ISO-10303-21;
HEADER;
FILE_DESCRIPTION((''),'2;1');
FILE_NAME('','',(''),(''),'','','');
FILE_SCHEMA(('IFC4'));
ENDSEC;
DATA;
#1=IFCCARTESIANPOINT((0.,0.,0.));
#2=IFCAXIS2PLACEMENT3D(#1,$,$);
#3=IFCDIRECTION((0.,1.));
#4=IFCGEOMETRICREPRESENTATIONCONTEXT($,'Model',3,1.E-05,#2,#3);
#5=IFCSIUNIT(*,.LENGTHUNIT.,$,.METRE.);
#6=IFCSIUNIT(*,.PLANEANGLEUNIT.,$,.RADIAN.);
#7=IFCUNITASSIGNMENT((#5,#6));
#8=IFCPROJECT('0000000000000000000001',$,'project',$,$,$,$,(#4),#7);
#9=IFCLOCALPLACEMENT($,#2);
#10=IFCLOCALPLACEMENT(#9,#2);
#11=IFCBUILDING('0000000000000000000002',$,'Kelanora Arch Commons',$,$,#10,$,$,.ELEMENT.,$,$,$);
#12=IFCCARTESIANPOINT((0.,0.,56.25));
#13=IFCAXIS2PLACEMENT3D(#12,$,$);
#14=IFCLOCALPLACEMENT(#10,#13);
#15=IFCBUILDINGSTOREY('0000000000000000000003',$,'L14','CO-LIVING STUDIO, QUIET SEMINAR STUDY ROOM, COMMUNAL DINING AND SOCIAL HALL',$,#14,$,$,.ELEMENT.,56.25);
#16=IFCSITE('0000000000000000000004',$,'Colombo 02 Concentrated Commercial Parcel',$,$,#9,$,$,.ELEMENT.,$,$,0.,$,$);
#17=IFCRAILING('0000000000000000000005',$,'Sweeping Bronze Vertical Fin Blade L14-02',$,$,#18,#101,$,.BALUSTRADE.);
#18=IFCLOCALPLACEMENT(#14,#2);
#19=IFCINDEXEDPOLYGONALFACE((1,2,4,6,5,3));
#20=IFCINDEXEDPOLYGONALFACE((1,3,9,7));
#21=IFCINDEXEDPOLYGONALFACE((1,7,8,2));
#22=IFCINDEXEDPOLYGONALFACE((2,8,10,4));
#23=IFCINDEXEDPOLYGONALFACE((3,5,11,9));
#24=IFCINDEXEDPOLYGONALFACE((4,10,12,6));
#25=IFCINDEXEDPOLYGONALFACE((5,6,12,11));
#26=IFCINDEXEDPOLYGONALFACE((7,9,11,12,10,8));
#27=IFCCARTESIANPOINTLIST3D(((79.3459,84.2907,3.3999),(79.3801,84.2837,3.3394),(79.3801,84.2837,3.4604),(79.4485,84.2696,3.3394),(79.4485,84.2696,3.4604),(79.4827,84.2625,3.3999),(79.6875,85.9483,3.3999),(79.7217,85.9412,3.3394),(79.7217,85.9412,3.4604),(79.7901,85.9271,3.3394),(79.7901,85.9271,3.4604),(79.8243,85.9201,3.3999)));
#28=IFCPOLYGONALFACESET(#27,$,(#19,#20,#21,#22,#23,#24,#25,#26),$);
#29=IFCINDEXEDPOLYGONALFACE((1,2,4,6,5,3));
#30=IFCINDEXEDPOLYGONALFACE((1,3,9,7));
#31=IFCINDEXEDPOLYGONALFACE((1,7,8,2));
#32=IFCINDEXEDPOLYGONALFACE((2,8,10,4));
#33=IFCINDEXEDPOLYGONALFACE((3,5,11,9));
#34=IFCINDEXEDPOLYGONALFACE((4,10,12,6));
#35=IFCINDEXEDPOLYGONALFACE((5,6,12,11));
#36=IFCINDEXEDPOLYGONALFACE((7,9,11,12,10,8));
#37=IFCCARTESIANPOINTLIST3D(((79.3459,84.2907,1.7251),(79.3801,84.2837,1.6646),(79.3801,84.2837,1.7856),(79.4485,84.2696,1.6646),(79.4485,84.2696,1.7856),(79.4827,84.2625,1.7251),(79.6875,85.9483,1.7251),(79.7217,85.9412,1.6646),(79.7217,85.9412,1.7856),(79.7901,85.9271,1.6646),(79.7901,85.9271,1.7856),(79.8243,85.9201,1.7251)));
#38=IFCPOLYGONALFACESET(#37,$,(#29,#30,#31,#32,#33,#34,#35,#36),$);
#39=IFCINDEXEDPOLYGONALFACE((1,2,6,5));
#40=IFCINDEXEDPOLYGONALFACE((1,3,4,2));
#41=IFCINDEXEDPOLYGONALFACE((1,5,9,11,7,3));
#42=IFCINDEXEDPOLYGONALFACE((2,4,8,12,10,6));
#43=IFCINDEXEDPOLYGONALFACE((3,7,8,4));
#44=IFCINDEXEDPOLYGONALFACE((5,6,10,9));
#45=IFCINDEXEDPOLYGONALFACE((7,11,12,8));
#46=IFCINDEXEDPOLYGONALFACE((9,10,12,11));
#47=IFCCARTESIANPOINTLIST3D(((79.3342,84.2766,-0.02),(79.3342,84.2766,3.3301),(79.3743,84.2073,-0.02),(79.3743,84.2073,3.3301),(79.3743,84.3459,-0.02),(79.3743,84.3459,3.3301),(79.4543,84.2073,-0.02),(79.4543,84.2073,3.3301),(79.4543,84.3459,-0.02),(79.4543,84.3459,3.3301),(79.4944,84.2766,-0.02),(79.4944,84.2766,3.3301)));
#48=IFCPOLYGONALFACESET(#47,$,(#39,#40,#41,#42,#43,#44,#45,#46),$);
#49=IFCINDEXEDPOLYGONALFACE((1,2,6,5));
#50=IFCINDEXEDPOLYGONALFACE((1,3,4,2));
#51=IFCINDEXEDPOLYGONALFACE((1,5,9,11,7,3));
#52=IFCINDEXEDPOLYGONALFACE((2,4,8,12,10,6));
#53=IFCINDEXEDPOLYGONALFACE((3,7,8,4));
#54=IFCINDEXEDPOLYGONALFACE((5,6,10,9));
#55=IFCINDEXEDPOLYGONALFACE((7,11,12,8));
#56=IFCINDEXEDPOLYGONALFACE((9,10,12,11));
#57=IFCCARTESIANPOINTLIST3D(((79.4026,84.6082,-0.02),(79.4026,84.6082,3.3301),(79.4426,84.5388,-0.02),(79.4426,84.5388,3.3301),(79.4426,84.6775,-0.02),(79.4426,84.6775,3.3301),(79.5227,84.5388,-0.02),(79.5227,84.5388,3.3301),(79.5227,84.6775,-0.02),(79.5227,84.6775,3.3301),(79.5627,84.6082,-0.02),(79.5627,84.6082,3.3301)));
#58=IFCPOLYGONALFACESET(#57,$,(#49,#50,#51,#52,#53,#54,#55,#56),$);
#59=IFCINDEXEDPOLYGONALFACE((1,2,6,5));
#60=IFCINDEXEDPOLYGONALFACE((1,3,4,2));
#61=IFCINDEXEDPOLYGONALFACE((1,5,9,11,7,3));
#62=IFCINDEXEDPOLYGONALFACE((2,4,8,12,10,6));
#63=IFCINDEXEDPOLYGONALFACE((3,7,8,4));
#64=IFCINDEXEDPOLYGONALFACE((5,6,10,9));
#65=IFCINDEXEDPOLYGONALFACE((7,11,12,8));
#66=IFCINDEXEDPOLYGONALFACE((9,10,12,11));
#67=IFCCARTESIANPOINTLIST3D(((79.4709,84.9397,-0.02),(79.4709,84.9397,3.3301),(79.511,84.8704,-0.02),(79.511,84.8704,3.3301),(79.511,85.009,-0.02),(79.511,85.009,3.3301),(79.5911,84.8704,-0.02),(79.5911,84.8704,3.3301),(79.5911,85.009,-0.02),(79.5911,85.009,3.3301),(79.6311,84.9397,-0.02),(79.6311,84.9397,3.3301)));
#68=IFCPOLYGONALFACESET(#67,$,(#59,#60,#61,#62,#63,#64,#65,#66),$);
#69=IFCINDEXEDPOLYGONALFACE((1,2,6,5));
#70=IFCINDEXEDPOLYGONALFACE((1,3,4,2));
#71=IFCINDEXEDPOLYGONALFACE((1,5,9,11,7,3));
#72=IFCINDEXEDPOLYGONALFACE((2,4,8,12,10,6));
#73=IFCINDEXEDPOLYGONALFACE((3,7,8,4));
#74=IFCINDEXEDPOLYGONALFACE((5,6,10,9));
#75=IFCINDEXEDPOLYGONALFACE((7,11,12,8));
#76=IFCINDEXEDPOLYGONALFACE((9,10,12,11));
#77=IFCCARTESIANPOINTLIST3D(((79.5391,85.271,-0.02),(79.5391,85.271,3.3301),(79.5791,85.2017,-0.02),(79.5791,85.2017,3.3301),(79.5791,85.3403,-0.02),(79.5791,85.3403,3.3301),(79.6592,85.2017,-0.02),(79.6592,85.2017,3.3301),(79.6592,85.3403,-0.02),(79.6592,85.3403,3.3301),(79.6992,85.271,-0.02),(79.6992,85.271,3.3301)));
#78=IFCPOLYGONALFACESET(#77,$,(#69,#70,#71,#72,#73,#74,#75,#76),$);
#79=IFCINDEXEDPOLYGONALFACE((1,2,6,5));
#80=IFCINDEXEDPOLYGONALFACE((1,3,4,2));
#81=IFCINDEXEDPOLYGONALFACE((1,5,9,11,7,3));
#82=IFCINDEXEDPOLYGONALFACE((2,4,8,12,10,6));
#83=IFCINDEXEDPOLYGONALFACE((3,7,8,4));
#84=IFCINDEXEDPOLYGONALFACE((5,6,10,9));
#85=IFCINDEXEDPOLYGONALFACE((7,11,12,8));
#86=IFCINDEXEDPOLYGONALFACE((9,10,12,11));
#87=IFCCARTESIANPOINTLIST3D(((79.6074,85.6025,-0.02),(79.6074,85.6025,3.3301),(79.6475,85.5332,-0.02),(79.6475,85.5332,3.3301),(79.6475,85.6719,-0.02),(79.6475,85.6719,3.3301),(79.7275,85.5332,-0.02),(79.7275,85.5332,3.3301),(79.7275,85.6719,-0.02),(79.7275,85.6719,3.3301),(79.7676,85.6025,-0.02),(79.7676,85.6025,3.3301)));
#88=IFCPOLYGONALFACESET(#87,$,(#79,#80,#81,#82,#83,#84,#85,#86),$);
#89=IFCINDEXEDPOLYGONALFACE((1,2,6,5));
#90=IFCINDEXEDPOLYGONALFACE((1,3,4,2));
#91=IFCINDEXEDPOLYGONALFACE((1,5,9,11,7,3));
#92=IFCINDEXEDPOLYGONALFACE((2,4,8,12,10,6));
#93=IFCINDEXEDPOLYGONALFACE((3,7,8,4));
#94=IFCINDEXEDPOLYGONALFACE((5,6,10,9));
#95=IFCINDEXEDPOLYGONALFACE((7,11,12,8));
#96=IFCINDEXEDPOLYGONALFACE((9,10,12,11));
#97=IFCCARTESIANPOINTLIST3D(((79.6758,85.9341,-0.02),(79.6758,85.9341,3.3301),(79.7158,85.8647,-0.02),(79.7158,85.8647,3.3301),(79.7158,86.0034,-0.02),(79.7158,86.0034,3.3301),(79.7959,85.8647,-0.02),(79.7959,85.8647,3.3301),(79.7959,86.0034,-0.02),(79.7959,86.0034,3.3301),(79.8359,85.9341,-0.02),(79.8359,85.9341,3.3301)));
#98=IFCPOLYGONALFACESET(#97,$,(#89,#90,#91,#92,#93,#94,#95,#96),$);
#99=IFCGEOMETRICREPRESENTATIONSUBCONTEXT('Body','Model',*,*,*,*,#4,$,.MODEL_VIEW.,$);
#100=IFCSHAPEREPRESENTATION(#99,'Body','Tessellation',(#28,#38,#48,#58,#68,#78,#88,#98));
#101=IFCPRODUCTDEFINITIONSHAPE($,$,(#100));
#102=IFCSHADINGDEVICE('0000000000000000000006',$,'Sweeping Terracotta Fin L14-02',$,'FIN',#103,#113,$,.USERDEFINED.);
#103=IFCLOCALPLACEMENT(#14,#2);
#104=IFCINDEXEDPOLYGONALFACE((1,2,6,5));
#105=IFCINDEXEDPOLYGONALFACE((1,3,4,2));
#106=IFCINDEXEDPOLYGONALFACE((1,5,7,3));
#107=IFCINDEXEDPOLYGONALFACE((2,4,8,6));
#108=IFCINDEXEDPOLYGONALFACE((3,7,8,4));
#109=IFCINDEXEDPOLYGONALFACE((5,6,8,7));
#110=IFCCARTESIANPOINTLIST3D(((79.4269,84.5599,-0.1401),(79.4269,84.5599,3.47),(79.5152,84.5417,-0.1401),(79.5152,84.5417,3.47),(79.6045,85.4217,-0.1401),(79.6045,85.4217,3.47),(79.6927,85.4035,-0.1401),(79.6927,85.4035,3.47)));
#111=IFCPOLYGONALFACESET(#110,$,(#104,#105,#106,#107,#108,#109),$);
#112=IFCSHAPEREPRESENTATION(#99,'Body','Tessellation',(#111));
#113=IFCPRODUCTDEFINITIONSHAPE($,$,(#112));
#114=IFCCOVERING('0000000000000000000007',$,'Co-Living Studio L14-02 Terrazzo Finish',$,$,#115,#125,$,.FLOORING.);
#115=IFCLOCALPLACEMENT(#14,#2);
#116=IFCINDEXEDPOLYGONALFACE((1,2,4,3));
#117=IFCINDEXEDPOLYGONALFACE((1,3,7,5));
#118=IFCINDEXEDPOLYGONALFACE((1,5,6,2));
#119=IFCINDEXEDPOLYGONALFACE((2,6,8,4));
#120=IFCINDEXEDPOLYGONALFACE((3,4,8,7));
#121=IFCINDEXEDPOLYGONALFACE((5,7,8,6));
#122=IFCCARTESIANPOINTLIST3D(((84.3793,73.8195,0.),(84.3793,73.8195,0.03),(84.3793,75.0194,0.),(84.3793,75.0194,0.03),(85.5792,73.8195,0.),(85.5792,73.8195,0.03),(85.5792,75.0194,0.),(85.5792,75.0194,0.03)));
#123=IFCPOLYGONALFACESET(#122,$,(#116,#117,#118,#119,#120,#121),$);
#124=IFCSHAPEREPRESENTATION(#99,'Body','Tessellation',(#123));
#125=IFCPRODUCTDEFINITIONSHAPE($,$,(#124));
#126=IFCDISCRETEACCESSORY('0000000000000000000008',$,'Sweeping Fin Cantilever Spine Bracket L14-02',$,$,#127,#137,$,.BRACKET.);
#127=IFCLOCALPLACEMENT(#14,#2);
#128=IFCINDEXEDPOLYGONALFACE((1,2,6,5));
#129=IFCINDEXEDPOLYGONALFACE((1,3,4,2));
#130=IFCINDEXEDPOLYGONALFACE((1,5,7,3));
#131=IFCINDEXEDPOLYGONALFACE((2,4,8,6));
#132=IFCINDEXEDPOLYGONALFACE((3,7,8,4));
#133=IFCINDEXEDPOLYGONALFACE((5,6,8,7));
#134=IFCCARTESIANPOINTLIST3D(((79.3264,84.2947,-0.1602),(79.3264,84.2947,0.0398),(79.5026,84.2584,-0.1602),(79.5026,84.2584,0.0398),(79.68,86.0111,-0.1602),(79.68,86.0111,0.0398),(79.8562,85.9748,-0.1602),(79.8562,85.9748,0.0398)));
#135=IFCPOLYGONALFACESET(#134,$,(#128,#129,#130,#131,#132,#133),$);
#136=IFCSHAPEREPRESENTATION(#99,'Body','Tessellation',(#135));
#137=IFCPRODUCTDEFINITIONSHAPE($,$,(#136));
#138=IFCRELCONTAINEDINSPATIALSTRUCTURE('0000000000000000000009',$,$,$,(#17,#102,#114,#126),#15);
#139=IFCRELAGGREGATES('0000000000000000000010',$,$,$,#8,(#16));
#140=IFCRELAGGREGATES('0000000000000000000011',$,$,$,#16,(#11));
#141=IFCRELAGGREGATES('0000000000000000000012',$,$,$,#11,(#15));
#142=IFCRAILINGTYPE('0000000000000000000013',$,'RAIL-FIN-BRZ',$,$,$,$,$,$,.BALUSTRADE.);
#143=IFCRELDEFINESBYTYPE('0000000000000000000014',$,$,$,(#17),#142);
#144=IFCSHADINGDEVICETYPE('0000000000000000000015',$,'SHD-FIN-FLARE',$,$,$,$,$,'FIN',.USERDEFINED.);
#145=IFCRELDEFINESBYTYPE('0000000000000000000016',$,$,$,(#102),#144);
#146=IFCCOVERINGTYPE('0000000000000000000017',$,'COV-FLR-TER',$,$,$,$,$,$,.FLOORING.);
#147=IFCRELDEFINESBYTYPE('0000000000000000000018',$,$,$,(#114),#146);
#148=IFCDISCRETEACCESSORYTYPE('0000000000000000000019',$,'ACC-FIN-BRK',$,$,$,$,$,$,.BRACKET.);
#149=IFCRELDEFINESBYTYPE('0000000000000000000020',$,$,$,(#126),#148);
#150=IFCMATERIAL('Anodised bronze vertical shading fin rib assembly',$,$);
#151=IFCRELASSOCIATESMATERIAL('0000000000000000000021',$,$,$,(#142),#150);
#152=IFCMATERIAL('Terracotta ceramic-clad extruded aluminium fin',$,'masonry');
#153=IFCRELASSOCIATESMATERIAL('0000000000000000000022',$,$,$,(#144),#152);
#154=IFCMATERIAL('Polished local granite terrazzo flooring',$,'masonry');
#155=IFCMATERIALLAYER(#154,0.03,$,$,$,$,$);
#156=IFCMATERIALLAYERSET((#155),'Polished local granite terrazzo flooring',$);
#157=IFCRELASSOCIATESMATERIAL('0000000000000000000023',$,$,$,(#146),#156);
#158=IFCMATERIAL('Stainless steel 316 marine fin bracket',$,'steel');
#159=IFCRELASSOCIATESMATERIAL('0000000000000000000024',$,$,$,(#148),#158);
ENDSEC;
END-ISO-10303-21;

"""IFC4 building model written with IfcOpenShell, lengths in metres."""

from ifc_helpers import new_model, si_unit, direction, frame, origin, origin_2d, place, context, subcontext, project, spatial, polyline, rectangle, outline, extrude, source, transform, mapped, material, layer, layer_set, type_object, element, save


model = new_model("IFC4")

# Units and contexts
model_context = context("Model", 3, precision=1e-05, world=origin(), true_north=direction((0.0, 1.0)))
body_context = subcontext(model_context, "Body", "Model", "MODEL_VIEW")
ifc_project = project(units=[si_unit("LENGTHUNIT", "METRE"), si_unit("PLANEANGLEUNIT", "RADIAN")], contexts=[model_context])

# Site, building, storey
site_placement = place(None, origin())
site = spatial("IfcSite", under=ifc_project, at=site_placement, Name="Colombo 02 Concentrated Commercial Parcel", CompositionType="ELEMENT", RefElevation=0.0)
building_placement = place(site_placement, origin())
building = spatial("IfcBuilding", under=site, at=building_placement, Name="Kelanora Arch Commons", CompositionType="ELEMENT")
storey_placement = place(building_placement, frame((0.0, 0.0, 56.25)))
storey = spatial("IfcBuildingStorey", under=building, at=storey_placement, Name="L14", Description="CO-LIVING STUDIO, QUIET SEMINAR STUDY ROOM, COMMUNAL DINING AND SOCIAL HALL", CompositionType="ELEMENT", Elevation=56.25)

# Railing
ifc_material_1 = material(Name="Anodised bronze vertical shading fin rib assembly")
railing_type = type_object("IfcRailingType", Name="RAIL-FIN-BRZ", PredefinedType="BALUSTRADE", material=ifc_material_1)
railing_placement = place(storey_placement, frame((79.4143, 84.2766, -0.02)))
element("IfcRailing", 1, at=railing_placement, inside=storey, type_object=railing_type, Name="Sweeping Bronze Vertical Fin Blade L14-02", PredefinedType="BALUSTRADE", context=body_context, shape_type="SweptSolid", body=[
    extrude(outline(polyline([(0.0698, 0.0), (0.0349, 0.0605), (-0.0349, 0.0605), (-0.0698, 0.0), (-0.0349, -0.0605), (0.0349, -0.0605), (0.0698, 0.0)])), frame((0.0, 0.0, 3.4199), z_axis=(0.201828, 0.979421, 0.0), x_axis=(-0.979421, 0.201828, 0.0)), (0.0, 0.0, 1.0), 1.6924),
    extrude(outline(polyline([(0.0698, 0.0), (0.0349, 0.0605), (-0.0349, 0.0605), (-0.0698, 0.0), (-0.0349, -0.0605), (0.0349, -0.0605), (0.0698, 0.0)])), frame((0.0, 0.0, 1.7451), z_axis=(0.201828, 0.979421, 0.0), x_axis=(-0.979421, 0.201828, 0.0)), (0.0, 0.0, 1.0), 1.6924),
    extrude(outline(polyline([(0.0801, 0.0), (0.04, 0.0693), (-0.04, 0.0693), (-0.0801, 0.0), (-0.04, -0.0693), (0.04, -0.0693), (0.0801, 0.0)])), origin(), (0.0, 0.0, 1.0), 3.3501),
    extrude(outline(polyline([(0.0801, 0.0), (0.04, 0.0693), (-0.04, 0.0693), (-0.0801, 0.0), (-0.04, -0.0693), (0.04, -0.0693), (0.0801, 0.0)])), frame((0.0684, 0.3315, 0.0)), (0.0, 0.0, 1.0), 3.3501),
    extrude(outline(polyline([(0.0801, 0.0), (0.04, 0.0693), (-0.04, 0.0693), (-0.0801, 0.0), (-0.04, -0.0693), (0.04, -0.0693), (0.0801, 0.0)])), frame((0.1367, 0.6631, 0.0)), (0.0, 0.0, 1.0), 3.3501),
    extrude(outline(polyline([(0.0801, 0.0), (0.04, 0.0693), (-0.04, 0.0693), (-0.0801, 0.0), (-0.04, -0.0693), (0.04, -0.0693), (0.0801, 0.0)])), frame((0.2048, 0.9944, 0.0)), (0.0, 0.0, 1.0), 3.3501),
    extrude(outline(polyline([(0.0801, 0.0), (0.04, 0.0693), (-0.04, 0.0693), (-0.0801, 0.0), (-0.04, -0.0693), (0.04, -0.0693), (0.0801, 0.0)])), frame((0.2732, 1.3259, 0.0)), (0.0, 0.0, 1.0), 3.3501),
    extrude(outline(polyline([(0.0801, 0.0), (0.04, 0.0693), (-0.04, 0.0693), (-0.0801, 0.0), (-0.04, -0.0693), (0.04, -0.0693), (0.0801, 0.0)])), frame((0.3416, 1.6575, 0.0)), (0.0, 0.0, 1.0), 3.3501),
])

# Shading device
ifc_material_2 = material(Name="Terracotta ceramic-clad extruded aluminium fin", Category="masonry")
shading_device_type = type_object("IfcShadingDeviceType", Name="SHD-FIN-FLARE", ElementType="FIN", PredefinedType="USERDEFINED", material=ifc_material_2)
shared_shape_1 = source(origin(), body_context, "Body", "SweptSolid", [
    extrude(rectangle(XDim=0.8799, YDim=0.0901, at=origin_2d()), origin(), (0.0, 0.0, 1.0), 3.6101),
])
shading_device_placement = place(storey_placement, frame((79.5598, 84.9817, -0.1401), z_axis=(0.0, 0.0, 1.0), x_axis=(0.201762, 0.979435, 0.0)))
element("IfcShadingDevice", 2, at=shading_device_placement, inside=storey, type_object=shading_device_type, Name="Sweeping Terracotta Fin L14-02", ObjectType="FIN", PredefinedType="USERDEFINED", context=body_context, shape_type="MappedRepresentation", body=[
    mapped(shared_shape_1, transform((0.0, 0.0, 0.0), scale=1.0)),
])

# Covering
ifc_material_3 = material(Name="Polished local granite terrazzo flooring", Category="masonry")
ifc_layer_1 = layer(ifc_material_3, 0.03)
ifc_layer_set_1 = layer_set([ifc_layer_1], Name="Polished local granite terrazzo flooring")
covering_type = type_object("IfcCoveringType", Name="COV-FLR-TER", PredefinedType="FLOORING", material=ifc_layer_set_1)
shared_shape_2 = source(origin(), body_context, "Body", "SweptSolid", [
    extrude(rectangle(XDim=1.2, YDim=1.2, at=origin_2d()), origin(), (0.0, 0.0, 1.0), 0.03),
])
covering_placement = place(storey_placement, frame((84.9792, 74.4194, 0.0), z_axis=(0.0, 0.0, 1.0), x_axis=(1.0, 0.0, 0.0)))
element("IfcCovering", 3, at=covering_placement, inside=storey, type_object=covering_type, Name="Co-Living Studio L14-02 Terrazzo Finish", PredefinedType="FLOORING", context=body_context, shape_type="MappedRepresentation", body=[
    mapped(shared_shape_2, transform((0.0, 0.0, 0.0), scale=1.0)),
])

# Discrete accessory
ifc_material_4 = material(Name="Stainless steel 316 marine fin bracket", Category="steel")
discrete_accessory_type = type_object("IfcDiscreteAccessoryType", Name="ACC-FIN-BRK", PredefinedType="BRACKET", material=ifc_material_4)
shared_shape_3 = source(origin(), body_context, "Body", "SweptSolid", [
    extrude(rectangle(XDim=1.7524, YDim=0.1799, at=origin_2d()), origin(), (0.0, 0.0, 1.0), 0.2),
])
discrete_accessory_placement = place(storey_placement, frame((79.5913, 85.1348, -0.1602), z_axis=(0.0, 0.0, 1.0), x_axis=(0.201762, 0.979435, 0.0)))
element("IfcDiscreteAccessory", 4, at=discrete_accessory_placement, inside=storey, type_object=discrete_accessory_type, Name="Sweeping Fin Cantilever Spine Bracket L14-02", PredefinedType="BRACKET", context=body_context, shape_type="MappedRepresentation", body=[
    mapped(shared_shape_3, transform((0.0, 0.0, 0.0), scale=1.0)),
])

save(model, "model.ifc")
